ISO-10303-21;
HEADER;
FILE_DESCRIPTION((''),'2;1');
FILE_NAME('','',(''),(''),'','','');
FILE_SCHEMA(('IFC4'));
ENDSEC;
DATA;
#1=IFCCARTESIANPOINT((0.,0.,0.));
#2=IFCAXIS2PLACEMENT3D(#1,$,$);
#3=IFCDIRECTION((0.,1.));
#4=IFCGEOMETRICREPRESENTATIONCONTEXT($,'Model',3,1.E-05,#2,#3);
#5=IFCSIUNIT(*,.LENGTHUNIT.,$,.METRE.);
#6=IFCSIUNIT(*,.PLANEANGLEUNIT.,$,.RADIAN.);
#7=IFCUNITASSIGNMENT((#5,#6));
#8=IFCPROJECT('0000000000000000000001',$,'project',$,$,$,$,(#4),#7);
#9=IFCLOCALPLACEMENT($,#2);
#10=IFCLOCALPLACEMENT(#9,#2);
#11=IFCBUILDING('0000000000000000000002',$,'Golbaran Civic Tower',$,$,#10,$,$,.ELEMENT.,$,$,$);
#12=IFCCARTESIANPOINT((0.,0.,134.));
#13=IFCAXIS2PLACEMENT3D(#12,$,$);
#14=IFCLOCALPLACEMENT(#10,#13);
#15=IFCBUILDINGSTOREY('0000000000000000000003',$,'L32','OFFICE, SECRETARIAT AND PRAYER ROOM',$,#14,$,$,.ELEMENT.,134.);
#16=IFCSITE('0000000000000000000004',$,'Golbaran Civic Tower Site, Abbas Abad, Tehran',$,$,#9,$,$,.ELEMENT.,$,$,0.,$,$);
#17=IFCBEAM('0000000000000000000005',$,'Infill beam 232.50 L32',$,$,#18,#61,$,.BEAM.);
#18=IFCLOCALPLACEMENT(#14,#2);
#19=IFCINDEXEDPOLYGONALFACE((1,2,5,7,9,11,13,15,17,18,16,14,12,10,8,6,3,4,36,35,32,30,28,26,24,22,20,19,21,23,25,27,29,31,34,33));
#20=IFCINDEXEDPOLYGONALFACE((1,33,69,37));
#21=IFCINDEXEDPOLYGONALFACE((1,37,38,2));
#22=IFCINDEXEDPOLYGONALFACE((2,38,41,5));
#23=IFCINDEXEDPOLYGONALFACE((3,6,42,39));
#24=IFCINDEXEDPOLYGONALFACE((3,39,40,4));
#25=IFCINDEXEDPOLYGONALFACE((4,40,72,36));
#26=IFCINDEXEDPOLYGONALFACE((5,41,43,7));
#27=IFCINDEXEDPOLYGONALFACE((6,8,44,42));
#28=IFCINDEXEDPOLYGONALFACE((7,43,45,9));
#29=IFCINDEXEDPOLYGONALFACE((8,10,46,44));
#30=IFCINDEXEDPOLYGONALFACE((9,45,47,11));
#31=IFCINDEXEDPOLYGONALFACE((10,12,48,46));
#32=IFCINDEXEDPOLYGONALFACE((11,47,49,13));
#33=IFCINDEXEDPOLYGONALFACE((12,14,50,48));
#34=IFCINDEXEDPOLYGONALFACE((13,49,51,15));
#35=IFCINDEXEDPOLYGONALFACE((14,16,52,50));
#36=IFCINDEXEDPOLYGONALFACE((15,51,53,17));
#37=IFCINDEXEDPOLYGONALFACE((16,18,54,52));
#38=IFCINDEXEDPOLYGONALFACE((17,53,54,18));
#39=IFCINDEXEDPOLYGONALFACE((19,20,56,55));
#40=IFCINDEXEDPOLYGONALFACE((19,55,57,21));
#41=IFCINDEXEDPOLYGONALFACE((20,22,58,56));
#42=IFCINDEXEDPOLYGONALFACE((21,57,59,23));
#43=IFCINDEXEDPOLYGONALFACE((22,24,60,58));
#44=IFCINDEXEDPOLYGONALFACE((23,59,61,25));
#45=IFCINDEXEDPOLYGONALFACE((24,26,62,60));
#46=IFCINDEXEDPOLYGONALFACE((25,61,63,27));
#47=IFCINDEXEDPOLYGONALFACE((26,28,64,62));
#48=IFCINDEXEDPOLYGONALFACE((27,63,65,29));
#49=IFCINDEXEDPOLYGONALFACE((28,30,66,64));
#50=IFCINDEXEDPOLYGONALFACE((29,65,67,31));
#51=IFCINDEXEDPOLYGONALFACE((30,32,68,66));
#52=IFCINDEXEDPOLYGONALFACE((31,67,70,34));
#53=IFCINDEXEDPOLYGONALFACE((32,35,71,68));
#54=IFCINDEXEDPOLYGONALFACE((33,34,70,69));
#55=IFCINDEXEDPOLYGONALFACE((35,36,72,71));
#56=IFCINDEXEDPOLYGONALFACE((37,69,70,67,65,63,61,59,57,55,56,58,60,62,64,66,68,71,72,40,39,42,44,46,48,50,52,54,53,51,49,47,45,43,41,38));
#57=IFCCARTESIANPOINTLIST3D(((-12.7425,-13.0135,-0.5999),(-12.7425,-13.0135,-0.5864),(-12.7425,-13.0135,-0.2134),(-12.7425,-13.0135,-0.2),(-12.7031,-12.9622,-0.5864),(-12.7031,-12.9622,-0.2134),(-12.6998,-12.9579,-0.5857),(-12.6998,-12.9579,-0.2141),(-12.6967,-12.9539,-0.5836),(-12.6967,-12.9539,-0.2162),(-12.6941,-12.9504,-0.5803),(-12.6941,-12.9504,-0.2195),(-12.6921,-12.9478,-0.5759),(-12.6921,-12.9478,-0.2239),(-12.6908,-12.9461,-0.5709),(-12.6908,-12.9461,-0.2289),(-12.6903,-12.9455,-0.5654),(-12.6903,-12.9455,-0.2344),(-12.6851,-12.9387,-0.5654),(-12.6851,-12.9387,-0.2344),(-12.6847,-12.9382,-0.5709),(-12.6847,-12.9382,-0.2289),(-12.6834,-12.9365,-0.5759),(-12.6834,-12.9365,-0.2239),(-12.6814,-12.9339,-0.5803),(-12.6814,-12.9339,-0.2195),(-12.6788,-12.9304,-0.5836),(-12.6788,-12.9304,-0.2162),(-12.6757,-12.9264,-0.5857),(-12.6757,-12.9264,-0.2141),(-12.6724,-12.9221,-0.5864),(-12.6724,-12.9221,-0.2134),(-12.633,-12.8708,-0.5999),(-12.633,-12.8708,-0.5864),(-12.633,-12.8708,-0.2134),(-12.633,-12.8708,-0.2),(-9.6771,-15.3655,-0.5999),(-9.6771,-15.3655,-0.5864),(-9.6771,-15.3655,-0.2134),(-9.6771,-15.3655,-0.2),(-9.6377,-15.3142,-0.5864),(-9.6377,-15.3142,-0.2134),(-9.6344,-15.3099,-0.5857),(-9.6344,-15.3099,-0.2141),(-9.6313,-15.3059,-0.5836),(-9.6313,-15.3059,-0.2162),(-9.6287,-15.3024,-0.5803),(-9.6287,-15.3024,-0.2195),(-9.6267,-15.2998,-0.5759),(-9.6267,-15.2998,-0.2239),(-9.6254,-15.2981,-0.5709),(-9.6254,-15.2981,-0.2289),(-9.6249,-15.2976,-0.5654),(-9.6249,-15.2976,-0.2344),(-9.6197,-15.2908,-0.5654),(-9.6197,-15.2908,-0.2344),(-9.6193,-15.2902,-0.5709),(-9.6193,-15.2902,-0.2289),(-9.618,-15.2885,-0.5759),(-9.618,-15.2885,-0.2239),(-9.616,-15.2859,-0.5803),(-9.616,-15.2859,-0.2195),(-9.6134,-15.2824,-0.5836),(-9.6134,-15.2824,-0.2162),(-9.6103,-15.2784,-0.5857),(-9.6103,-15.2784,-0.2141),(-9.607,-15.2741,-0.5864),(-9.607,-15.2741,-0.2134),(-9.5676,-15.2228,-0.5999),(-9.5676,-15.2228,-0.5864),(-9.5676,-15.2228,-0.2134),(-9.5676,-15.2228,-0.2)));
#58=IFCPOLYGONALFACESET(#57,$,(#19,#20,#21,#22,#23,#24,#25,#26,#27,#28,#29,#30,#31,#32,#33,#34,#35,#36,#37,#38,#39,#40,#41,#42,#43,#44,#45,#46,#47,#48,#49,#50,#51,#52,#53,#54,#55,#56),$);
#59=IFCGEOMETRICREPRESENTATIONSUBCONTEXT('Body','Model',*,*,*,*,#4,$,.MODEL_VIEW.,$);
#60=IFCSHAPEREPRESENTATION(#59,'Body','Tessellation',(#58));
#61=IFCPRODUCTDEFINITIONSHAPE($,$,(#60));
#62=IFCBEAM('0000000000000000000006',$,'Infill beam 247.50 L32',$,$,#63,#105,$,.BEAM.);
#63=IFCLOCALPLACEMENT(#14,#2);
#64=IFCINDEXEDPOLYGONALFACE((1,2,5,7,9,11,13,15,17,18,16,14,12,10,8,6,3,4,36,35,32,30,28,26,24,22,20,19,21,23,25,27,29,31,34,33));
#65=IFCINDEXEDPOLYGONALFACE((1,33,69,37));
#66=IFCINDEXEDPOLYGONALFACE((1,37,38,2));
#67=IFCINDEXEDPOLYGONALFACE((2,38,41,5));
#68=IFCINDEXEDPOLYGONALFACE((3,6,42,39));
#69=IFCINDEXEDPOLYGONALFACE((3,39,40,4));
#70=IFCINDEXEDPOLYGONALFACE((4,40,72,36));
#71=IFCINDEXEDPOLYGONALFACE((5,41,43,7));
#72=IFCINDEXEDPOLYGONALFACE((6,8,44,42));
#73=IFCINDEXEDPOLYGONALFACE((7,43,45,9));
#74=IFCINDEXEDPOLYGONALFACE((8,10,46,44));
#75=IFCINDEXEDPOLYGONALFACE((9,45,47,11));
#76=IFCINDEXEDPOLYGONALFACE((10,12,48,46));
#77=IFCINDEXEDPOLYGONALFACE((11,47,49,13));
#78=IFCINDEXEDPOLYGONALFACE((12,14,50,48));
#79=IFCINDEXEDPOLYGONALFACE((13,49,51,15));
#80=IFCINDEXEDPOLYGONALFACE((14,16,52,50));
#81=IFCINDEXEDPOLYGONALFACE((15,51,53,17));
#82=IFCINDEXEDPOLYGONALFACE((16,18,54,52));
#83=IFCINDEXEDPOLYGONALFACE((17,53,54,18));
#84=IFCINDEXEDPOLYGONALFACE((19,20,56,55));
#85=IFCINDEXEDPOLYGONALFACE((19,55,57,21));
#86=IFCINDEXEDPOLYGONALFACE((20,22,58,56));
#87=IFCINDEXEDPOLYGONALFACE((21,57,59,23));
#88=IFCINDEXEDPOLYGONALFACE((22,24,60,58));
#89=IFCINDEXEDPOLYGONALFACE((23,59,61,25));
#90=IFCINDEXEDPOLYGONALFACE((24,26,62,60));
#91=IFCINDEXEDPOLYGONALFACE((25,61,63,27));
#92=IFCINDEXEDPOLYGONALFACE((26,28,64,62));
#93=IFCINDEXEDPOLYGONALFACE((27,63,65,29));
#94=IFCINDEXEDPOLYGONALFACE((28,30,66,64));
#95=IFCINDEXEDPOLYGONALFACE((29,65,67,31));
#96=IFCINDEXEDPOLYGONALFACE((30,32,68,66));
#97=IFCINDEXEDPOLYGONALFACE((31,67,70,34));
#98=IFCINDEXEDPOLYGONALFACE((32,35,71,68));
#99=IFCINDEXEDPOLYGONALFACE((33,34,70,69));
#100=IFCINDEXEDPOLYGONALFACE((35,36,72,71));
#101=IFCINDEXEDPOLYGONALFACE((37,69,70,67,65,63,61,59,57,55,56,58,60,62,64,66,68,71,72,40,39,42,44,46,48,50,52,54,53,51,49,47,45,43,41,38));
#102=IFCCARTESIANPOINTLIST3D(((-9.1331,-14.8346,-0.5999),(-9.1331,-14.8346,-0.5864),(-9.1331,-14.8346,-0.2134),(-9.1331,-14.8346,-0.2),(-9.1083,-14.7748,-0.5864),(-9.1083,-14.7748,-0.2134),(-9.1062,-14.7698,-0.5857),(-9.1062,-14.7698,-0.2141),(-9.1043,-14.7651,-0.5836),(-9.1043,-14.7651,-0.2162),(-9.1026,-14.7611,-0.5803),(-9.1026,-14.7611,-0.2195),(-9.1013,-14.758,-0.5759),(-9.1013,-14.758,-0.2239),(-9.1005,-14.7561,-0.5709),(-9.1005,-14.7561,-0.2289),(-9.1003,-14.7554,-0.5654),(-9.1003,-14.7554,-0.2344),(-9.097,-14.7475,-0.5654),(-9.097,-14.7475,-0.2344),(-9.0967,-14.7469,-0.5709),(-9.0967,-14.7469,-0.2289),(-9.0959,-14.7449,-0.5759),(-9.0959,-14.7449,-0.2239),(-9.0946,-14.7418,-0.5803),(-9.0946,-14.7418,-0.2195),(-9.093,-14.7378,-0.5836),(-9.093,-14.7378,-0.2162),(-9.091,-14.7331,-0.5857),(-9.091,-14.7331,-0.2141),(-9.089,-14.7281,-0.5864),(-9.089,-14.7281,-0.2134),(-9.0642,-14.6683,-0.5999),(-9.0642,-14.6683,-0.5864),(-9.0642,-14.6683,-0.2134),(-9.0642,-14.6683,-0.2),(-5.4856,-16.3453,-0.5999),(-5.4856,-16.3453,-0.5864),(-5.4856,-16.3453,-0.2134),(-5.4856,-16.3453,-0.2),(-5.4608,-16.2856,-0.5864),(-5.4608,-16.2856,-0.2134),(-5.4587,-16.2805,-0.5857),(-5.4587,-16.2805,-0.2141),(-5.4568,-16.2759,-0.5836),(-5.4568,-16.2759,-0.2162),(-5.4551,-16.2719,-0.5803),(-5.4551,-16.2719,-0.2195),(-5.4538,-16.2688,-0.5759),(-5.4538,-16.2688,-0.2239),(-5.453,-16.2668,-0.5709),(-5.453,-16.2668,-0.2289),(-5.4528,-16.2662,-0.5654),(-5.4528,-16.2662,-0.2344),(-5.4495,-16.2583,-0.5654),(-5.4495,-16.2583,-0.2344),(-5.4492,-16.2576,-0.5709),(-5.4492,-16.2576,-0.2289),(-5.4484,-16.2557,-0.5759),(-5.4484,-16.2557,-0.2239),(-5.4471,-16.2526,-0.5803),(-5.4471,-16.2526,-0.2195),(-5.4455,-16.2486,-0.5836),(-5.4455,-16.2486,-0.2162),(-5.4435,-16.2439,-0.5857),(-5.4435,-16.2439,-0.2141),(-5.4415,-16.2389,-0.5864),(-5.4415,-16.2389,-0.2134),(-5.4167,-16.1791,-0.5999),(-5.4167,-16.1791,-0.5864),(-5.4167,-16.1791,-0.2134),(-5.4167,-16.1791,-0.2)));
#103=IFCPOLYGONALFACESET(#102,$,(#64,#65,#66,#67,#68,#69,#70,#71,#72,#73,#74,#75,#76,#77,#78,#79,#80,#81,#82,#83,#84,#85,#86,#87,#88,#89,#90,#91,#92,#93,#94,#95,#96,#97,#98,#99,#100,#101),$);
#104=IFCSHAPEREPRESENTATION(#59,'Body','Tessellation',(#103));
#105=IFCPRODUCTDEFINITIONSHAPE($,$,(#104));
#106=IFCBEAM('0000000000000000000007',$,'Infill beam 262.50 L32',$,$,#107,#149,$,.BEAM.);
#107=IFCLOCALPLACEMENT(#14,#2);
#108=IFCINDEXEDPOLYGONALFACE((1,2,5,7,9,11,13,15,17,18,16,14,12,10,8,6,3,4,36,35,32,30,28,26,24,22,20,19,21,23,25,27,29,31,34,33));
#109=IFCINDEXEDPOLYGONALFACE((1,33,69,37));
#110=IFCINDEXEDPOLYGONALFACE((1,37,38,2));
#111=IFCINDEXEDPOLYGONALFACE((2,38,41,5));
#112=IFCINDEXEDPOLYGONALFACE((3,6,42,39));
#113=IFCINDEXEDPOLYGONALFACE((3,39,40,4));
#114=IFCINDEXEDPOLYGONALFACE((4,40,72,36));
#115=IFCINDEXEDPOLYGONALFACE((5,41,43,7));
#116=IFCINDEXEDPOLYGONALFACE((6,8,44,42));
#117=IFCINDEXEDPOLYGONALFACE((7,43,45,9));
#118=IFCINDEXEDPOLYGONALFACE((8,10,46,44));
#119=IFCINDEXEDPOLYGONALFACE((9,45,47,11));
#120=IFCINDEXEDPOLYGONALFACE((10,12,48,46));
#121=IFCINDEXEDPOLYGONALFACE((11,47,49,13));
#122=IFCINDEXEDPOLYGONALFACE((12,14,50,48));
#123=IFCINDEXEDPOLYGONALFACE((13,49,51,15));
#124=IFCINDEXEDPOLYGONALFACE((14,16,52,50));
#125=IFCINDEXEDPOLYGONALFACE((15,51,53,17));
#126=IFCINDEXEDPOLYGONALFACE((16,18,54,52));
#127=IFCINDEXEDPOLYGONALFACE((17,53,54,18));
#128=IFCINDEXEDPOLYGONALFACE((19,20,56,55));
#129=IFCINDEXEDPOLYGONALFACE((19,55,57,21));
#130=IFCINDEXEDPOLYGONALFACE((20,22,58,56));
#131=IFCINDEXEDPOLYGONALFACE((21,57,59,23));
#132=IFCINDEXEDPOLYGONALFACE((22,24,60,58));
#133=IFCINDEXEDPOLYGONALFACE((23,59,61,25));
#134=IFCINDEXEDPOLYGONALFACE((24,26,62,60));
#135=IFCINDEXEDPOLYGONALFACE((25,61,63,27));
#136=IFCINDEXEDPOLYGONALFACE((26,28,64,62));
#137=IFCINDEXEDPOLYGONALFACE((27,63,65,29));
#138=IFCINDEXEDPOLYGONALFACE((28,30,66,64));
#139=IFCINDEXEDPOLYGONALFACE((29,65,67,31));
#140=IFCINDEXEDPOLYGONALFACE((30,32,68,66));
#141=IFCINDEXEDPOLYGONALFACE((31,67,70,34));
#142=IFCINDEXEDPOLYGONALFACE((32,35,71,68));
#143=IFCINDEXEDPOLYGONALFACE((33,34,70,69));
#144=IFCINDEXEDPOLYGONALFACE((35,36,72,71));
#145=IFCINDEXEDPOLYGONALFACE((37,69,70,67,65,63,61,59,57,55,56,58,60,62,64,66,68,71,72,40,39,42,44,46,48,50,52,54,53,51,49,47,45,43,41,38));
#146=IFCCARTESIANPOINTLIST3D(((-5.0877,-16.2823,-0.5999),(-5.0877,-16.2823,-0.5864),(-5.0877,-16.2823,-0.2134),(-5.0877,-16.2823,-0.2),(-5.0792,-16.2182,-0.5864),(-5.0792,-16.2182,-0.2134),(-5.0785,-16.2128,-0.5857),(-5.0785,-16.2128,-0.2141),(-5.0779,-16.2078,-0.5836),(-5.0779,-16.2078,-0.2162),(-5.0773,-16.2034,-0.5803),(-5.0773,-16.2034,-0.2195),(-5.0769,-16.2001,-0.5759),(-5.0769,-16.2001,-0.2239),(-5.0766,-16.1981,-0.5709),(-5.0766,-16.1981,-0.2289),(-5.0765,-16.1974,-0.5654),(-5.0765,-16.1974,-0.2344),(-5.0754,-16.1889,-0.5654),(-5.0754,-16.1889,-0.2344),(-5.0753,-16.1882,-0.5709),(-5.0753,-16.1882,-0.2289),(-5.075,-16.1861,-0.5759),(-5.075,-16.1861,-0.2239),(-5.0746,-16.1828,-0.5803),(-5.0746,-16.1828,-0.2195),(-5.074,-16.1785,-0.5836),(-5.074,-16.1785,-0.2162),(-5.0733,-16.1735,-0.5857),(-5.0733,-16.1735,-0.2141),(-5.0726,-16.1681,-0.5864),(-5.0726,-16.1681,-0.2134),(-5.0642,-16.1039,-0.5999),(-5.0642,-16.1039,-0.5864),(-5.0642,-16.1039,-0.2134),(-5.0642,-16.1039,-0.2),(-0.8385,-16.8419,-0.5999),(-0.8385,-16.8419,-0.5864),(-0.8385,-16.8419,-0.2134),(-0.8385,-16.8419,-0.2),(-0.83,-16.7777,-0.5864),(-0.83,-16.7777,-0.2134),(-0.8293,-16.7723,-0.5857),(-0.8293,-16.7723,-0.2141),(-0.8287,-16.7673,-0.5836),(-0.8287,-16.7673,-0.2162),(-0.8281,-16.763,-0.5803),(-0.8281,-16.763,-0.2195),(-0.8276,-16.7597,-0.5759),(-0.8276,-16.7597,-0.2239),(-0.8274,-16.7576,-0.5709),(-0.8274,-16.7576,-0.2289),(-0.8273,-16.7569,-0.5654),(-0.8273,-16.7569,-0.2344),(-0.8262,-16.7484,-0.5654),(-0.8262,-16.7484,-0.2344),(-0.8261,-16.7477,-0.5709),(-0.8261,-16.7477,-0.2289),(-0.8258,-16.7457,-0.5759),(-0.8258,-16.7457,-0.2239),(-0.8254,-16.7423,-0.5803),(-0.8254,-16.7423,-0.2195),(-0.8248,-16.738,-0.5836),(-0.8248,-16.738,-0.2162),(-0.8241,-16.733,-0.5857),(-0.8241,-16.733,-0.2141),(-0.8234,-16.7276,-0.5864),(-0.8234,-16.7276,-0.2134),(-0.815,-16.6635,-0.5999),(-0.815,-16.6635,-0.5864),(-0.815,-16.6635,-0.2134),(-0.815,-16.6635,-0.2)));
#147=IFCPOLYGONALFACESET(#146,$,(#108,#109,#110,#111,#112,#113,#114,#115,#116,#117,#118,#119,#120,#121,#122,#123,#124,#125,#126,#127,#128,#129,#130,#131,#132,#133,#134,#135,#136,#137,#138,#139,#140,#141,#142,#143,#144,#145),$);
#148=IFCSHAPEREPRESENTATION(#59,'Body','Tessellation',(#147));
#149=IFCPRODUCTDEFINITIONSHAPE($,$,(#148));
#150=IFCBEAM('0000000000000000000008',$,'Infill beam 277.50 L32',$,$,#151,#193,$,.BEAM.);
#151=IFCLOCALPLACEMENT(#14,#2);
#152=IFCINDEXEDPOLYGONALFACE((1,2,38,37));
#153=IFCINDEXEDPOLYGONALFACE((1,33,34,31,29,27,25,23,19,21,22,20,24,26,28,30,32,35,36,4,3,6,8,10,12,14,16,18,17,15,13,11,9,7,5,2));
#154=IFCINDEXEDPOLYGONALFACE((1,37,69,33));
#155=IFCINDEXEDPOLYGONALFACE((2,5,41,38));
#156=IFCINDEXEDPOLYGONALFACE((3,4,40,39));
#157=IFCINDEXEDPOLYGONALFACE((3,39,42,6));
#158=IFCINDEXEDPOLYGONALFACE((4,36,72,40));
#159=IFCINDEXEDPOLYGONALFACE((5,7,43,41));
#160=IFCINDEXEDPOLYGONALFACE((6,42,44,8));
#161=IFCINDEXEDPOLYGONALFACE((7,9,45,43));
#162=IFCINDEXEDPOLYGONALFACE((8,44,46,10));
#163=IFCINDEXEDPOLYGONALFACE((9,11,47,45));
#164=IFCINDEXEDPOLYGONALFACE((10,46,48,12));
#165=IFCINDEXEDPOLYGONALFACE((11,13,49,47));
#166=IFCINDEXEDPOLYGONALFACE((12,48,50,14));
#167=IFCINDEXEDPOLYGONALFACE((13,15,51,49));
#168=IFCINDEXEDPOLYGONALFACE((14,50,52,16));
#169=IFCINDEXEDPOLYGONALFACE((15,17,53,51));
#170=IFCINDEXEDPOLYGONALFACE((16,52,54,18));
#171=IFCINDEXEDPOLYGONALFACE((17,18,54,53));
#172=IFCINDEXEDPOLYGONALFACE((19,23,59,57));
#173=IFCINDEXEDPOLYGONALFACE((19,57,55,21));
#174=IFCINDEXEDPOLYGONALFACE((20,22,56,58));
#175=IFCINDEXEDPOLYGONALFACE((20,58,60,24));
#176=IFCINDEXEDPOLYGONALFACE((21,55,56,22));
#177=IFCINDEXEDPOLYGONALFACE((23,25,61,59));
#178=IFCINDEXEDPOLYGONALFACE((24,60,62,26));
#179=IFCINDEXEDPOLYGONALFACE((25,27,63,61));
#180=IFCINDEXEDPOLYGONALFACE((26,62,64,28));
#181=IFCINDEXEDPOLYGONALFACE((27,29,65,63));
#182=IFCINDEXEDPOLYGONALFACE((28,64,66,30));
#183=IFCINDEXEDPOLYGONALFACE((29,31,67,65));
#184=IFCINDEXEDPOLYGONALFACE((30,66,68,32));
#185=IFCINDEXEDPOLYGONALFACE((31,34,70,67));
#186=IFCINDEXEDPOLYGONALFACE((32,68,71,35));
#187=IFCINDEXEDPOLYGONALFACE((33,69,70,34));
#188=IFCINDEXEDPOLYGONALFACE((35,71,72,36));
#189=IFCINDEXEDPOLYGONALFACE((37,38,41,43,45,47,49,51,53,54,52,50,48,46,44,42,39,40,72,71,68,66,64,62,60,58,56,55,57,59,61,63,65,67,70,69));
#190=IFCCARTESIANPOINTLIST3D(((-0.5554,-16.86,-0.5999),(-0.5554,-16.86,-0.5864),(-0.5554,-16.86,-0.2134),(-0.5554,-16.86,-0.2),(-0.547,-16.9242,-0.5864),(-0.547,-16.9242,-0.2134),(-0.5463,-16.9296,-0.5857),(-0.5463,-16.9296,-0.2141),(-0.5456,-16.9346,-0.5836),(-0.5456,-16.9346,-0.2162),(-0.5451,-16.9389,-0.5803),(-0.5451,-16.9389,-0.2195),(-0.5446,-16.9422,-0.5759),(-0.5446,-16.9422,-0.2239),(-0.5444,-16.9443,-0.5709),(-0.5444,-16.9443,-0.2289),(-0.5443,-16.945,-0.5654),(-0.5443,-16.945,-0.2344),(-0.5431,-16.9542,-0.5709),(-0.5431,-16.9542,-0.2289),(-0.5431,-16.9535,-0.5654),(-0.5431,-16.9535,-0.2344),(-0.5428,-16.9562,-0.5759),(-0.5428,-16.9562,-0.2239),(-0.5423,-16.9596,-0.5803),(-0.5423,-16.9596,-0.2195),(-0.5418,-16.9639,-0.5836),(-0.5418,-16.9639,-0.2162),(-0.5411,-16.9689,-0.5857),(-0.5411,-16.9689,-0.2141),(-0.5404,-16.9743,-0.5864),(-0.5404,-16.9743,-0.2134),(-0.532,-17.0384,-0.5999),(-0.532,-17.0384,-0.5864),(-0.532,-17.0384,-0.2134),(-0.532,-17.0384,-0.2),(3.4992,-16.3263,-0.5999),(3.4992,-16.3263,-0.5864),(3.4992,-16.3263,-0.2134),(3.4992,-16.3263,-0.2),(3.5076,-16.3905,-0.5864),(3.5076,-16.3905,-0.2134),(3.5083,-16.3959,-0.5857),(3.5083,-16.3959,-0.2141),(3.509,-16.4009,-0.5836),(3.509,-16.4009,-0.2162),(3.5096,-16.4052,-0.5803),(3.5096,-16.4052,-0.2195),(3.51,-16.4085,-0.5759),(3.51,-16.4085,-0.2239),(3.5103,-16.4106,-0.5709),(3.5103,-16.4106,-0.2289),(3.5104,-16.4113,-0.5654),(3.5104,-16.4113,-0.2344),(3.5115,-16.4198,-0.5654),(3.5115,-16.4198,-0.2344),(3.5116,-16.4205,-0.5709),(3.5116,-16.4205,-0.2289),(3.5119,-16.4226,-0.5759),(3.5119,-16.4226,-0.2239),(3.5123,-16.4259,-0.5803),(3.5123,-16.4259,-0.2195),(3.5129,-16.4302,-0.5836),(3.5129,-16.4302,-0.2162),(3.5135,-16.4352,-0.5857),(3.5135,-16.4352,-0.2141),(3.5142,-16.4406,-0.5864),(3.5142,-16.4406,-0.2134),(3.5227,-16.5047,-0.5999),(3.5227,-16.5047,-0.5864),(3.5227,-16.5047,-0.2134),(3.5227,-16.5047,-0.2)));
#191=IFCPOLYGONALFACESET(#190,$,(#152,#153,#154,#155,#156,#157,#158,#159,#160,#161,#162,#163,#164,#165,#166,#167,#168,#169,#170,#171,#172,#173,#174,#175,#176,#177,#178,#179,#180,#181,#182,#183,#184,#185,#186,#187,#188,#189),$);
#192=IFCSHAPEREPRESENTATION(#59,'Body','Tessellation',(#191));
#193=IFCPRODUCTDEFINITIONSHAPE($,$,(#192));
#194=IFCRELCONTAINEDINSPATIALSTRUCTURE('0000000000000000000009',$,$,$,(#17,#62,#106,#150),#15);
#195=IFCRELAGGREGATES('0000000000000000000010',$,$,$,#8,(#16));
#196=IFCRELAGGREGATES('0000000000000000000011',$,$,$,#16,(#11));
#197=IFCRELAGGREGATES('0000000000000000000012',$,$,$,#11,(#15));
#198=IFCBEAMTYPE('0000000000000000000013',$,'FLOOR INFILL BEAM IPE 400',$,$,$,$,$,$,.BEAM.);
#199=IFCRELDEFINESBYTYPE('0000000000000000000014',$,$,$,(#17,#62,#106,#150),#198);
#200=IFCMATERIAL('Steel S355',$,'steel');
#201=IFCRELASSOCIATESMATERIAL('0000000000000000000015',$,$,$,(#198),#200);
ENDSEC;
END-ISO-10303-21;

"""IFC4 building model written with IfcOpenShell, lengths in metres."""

from ifc_helpers import new_model, si_unit, direction, frame, origin, origin_2d, place, context, subcontext, project, spatial, i_section, extrude, material, material_profile, profile_set, type_object, element, save


model = new_model("IFC4")

# Units and contexts
model_context = context("Model", 3, precision=1e-05, world=origin(), true_north=direction((0.0, 1.0)))
body_context = subcontext(model_context, "Body", "Model", "MODEL_VIEW")
ifc_project = project(units=[si_unit("LENGTHUNIT", "METRE"), si_unit("PLANEANGLEUNIT", "RADIAN")], contexts=[model_context])

# Site, building, storey
site_placement = place(None, origin())
site = spatial("IfcSite", under=ifc_project, at=site_placement, Name="Golbaran Civic Tower Site, Abbas Abad, Tehran", CompositionType="ELEMENT", RefElevation=0.0)
building_placement = place(site_placement, origin())
building = spatial("IfcBuilding", under=site, at=building_placement, Name="Golbaran Civic Tower", CompositionType="ELEMENT")
storey_placement = place(building_placement, frame((0.0, 0.0, 134.0)))
storey = spatial("IfcBuildingStorey", under=building, at=storey_placement, Name="L32", Description="OFFICE, SECRETARIAT AND PRAYER ROOM", CompositionType="ELEMENT", Elevation=134.0)

# Beams
ifc_material_1 = material(Name="Steel S355", Category="steel")
ifc_material_profile_1 = material_profile(ifc_material_1, i_section(OverallWidth=0.1799, OverallDepth=0.3999, WebThickness=0.0085, FlangeThickness=0.0134, FilletRadius=0.021, at=origin_2d()), Name="IPE 400")
ifc_profile_set_1 = profile_set([ifc_material_profile_1], Name="Steel S355")
beam_type_1 = type_object("IfcBeamType", Name="FLOOR INFILL BEAM IPE 400", PredefinedType="BEAM", material=ifc_profile_set_1)
beam_1_placement = place(storey_placement, frame((-12.6877, -12.9421, -0.3999), z_axis=(0.79337, -0.608739, 0.0), x_axis=(0.608739, 0.79337, 0.0)))
element("IfcBeam", 1, at=beam_1_placement, inside=storey, type_object=beam_type_1, Name="Infill beam 232.50 L32", PredefinedType="BEAM", context=body_context, shape_type="SweptSolid", body=[
    extrude(i_section(OverallWidth=0.1799, OverallDepth=0.3999, WebThickness=0.0085, FlangeThickness=0.0134, FilletRadius=0.021, at=origin_2d()), origin(), (0.0, 0.0, 1.0), 3.8638),
])
beam_2_placement = place(storey_placement, frame((-9.0986, -14.7515, -0.3999), z_axis=(0.923887, -0.382665, 0.0), x_axis=(0.382665, 0.923887, 0.0)))
element("IfcBeam", 2, at=beam_2_placement, inside=storey, type_object=beam_type_1, Name="Infill beam 247.50 L32", PredefinedType="BEAM", context=body_context, shape_type="SweptSolid", body=[
    extrude(i_section(OverallWidth=0.1799, OverallDepth=0.3999, WebThickness=0.0085, FlangeThickness=0.0134, FilletRadius=0.021, at=origin_2d()), origin(), (0.0, 0.0, 1.0), 3.948),
])
beam_3_placement = place(storey_placement, frame((-5.0759, -16.1931, -0.3999), z_axis=(0.991441, -0.130559, 0.0), x_axis=(0.130559, 0.991441, 0.0)))
element("IfcBeam", 3, at=beam_3_placement, inside=storey, type_object=beam_type_1, Name="Infill beam 262.50 L32", PredefinedType="BEAM", context=body_context, shape_type="SweptSolid", body=[
    extrude(i_section(OverallWidth=0.1799, OverallDepth=0.3999, WebThickness=0.0085, FlangeThickness=0.0134, FilletRadius=0.021, at=origin_2d()), origin(), (0.0, 0.0, 1.0), 4.2859),
])
beam_4_placement = place(storey_placement, frame((-0.5437, -16.9492, -0.3999), z_axis=(0.991449, 0.130498, 0.0), x_axis=(-0.130498, 0.991449, 0.0)))
element("IfcBeam", 4, at=beam_4_placement, inside=storey, type_object=beam_type_1, Name="Infill beam 277.50 L32", PredefinedType="BEAM", context=body_context, shape_type="SweptSolid", body=[
    extrude(i_section(OverallWidth=0.1799, OverallDepth=0.3999, WebThickness=0.0085, FlangeThickness=0.0134, FilletRadius=0.021, at=origin_2d()), origin(), (0.0, 0.0, 1.0), 4.0896),
])

save(model, "model.ifc")
